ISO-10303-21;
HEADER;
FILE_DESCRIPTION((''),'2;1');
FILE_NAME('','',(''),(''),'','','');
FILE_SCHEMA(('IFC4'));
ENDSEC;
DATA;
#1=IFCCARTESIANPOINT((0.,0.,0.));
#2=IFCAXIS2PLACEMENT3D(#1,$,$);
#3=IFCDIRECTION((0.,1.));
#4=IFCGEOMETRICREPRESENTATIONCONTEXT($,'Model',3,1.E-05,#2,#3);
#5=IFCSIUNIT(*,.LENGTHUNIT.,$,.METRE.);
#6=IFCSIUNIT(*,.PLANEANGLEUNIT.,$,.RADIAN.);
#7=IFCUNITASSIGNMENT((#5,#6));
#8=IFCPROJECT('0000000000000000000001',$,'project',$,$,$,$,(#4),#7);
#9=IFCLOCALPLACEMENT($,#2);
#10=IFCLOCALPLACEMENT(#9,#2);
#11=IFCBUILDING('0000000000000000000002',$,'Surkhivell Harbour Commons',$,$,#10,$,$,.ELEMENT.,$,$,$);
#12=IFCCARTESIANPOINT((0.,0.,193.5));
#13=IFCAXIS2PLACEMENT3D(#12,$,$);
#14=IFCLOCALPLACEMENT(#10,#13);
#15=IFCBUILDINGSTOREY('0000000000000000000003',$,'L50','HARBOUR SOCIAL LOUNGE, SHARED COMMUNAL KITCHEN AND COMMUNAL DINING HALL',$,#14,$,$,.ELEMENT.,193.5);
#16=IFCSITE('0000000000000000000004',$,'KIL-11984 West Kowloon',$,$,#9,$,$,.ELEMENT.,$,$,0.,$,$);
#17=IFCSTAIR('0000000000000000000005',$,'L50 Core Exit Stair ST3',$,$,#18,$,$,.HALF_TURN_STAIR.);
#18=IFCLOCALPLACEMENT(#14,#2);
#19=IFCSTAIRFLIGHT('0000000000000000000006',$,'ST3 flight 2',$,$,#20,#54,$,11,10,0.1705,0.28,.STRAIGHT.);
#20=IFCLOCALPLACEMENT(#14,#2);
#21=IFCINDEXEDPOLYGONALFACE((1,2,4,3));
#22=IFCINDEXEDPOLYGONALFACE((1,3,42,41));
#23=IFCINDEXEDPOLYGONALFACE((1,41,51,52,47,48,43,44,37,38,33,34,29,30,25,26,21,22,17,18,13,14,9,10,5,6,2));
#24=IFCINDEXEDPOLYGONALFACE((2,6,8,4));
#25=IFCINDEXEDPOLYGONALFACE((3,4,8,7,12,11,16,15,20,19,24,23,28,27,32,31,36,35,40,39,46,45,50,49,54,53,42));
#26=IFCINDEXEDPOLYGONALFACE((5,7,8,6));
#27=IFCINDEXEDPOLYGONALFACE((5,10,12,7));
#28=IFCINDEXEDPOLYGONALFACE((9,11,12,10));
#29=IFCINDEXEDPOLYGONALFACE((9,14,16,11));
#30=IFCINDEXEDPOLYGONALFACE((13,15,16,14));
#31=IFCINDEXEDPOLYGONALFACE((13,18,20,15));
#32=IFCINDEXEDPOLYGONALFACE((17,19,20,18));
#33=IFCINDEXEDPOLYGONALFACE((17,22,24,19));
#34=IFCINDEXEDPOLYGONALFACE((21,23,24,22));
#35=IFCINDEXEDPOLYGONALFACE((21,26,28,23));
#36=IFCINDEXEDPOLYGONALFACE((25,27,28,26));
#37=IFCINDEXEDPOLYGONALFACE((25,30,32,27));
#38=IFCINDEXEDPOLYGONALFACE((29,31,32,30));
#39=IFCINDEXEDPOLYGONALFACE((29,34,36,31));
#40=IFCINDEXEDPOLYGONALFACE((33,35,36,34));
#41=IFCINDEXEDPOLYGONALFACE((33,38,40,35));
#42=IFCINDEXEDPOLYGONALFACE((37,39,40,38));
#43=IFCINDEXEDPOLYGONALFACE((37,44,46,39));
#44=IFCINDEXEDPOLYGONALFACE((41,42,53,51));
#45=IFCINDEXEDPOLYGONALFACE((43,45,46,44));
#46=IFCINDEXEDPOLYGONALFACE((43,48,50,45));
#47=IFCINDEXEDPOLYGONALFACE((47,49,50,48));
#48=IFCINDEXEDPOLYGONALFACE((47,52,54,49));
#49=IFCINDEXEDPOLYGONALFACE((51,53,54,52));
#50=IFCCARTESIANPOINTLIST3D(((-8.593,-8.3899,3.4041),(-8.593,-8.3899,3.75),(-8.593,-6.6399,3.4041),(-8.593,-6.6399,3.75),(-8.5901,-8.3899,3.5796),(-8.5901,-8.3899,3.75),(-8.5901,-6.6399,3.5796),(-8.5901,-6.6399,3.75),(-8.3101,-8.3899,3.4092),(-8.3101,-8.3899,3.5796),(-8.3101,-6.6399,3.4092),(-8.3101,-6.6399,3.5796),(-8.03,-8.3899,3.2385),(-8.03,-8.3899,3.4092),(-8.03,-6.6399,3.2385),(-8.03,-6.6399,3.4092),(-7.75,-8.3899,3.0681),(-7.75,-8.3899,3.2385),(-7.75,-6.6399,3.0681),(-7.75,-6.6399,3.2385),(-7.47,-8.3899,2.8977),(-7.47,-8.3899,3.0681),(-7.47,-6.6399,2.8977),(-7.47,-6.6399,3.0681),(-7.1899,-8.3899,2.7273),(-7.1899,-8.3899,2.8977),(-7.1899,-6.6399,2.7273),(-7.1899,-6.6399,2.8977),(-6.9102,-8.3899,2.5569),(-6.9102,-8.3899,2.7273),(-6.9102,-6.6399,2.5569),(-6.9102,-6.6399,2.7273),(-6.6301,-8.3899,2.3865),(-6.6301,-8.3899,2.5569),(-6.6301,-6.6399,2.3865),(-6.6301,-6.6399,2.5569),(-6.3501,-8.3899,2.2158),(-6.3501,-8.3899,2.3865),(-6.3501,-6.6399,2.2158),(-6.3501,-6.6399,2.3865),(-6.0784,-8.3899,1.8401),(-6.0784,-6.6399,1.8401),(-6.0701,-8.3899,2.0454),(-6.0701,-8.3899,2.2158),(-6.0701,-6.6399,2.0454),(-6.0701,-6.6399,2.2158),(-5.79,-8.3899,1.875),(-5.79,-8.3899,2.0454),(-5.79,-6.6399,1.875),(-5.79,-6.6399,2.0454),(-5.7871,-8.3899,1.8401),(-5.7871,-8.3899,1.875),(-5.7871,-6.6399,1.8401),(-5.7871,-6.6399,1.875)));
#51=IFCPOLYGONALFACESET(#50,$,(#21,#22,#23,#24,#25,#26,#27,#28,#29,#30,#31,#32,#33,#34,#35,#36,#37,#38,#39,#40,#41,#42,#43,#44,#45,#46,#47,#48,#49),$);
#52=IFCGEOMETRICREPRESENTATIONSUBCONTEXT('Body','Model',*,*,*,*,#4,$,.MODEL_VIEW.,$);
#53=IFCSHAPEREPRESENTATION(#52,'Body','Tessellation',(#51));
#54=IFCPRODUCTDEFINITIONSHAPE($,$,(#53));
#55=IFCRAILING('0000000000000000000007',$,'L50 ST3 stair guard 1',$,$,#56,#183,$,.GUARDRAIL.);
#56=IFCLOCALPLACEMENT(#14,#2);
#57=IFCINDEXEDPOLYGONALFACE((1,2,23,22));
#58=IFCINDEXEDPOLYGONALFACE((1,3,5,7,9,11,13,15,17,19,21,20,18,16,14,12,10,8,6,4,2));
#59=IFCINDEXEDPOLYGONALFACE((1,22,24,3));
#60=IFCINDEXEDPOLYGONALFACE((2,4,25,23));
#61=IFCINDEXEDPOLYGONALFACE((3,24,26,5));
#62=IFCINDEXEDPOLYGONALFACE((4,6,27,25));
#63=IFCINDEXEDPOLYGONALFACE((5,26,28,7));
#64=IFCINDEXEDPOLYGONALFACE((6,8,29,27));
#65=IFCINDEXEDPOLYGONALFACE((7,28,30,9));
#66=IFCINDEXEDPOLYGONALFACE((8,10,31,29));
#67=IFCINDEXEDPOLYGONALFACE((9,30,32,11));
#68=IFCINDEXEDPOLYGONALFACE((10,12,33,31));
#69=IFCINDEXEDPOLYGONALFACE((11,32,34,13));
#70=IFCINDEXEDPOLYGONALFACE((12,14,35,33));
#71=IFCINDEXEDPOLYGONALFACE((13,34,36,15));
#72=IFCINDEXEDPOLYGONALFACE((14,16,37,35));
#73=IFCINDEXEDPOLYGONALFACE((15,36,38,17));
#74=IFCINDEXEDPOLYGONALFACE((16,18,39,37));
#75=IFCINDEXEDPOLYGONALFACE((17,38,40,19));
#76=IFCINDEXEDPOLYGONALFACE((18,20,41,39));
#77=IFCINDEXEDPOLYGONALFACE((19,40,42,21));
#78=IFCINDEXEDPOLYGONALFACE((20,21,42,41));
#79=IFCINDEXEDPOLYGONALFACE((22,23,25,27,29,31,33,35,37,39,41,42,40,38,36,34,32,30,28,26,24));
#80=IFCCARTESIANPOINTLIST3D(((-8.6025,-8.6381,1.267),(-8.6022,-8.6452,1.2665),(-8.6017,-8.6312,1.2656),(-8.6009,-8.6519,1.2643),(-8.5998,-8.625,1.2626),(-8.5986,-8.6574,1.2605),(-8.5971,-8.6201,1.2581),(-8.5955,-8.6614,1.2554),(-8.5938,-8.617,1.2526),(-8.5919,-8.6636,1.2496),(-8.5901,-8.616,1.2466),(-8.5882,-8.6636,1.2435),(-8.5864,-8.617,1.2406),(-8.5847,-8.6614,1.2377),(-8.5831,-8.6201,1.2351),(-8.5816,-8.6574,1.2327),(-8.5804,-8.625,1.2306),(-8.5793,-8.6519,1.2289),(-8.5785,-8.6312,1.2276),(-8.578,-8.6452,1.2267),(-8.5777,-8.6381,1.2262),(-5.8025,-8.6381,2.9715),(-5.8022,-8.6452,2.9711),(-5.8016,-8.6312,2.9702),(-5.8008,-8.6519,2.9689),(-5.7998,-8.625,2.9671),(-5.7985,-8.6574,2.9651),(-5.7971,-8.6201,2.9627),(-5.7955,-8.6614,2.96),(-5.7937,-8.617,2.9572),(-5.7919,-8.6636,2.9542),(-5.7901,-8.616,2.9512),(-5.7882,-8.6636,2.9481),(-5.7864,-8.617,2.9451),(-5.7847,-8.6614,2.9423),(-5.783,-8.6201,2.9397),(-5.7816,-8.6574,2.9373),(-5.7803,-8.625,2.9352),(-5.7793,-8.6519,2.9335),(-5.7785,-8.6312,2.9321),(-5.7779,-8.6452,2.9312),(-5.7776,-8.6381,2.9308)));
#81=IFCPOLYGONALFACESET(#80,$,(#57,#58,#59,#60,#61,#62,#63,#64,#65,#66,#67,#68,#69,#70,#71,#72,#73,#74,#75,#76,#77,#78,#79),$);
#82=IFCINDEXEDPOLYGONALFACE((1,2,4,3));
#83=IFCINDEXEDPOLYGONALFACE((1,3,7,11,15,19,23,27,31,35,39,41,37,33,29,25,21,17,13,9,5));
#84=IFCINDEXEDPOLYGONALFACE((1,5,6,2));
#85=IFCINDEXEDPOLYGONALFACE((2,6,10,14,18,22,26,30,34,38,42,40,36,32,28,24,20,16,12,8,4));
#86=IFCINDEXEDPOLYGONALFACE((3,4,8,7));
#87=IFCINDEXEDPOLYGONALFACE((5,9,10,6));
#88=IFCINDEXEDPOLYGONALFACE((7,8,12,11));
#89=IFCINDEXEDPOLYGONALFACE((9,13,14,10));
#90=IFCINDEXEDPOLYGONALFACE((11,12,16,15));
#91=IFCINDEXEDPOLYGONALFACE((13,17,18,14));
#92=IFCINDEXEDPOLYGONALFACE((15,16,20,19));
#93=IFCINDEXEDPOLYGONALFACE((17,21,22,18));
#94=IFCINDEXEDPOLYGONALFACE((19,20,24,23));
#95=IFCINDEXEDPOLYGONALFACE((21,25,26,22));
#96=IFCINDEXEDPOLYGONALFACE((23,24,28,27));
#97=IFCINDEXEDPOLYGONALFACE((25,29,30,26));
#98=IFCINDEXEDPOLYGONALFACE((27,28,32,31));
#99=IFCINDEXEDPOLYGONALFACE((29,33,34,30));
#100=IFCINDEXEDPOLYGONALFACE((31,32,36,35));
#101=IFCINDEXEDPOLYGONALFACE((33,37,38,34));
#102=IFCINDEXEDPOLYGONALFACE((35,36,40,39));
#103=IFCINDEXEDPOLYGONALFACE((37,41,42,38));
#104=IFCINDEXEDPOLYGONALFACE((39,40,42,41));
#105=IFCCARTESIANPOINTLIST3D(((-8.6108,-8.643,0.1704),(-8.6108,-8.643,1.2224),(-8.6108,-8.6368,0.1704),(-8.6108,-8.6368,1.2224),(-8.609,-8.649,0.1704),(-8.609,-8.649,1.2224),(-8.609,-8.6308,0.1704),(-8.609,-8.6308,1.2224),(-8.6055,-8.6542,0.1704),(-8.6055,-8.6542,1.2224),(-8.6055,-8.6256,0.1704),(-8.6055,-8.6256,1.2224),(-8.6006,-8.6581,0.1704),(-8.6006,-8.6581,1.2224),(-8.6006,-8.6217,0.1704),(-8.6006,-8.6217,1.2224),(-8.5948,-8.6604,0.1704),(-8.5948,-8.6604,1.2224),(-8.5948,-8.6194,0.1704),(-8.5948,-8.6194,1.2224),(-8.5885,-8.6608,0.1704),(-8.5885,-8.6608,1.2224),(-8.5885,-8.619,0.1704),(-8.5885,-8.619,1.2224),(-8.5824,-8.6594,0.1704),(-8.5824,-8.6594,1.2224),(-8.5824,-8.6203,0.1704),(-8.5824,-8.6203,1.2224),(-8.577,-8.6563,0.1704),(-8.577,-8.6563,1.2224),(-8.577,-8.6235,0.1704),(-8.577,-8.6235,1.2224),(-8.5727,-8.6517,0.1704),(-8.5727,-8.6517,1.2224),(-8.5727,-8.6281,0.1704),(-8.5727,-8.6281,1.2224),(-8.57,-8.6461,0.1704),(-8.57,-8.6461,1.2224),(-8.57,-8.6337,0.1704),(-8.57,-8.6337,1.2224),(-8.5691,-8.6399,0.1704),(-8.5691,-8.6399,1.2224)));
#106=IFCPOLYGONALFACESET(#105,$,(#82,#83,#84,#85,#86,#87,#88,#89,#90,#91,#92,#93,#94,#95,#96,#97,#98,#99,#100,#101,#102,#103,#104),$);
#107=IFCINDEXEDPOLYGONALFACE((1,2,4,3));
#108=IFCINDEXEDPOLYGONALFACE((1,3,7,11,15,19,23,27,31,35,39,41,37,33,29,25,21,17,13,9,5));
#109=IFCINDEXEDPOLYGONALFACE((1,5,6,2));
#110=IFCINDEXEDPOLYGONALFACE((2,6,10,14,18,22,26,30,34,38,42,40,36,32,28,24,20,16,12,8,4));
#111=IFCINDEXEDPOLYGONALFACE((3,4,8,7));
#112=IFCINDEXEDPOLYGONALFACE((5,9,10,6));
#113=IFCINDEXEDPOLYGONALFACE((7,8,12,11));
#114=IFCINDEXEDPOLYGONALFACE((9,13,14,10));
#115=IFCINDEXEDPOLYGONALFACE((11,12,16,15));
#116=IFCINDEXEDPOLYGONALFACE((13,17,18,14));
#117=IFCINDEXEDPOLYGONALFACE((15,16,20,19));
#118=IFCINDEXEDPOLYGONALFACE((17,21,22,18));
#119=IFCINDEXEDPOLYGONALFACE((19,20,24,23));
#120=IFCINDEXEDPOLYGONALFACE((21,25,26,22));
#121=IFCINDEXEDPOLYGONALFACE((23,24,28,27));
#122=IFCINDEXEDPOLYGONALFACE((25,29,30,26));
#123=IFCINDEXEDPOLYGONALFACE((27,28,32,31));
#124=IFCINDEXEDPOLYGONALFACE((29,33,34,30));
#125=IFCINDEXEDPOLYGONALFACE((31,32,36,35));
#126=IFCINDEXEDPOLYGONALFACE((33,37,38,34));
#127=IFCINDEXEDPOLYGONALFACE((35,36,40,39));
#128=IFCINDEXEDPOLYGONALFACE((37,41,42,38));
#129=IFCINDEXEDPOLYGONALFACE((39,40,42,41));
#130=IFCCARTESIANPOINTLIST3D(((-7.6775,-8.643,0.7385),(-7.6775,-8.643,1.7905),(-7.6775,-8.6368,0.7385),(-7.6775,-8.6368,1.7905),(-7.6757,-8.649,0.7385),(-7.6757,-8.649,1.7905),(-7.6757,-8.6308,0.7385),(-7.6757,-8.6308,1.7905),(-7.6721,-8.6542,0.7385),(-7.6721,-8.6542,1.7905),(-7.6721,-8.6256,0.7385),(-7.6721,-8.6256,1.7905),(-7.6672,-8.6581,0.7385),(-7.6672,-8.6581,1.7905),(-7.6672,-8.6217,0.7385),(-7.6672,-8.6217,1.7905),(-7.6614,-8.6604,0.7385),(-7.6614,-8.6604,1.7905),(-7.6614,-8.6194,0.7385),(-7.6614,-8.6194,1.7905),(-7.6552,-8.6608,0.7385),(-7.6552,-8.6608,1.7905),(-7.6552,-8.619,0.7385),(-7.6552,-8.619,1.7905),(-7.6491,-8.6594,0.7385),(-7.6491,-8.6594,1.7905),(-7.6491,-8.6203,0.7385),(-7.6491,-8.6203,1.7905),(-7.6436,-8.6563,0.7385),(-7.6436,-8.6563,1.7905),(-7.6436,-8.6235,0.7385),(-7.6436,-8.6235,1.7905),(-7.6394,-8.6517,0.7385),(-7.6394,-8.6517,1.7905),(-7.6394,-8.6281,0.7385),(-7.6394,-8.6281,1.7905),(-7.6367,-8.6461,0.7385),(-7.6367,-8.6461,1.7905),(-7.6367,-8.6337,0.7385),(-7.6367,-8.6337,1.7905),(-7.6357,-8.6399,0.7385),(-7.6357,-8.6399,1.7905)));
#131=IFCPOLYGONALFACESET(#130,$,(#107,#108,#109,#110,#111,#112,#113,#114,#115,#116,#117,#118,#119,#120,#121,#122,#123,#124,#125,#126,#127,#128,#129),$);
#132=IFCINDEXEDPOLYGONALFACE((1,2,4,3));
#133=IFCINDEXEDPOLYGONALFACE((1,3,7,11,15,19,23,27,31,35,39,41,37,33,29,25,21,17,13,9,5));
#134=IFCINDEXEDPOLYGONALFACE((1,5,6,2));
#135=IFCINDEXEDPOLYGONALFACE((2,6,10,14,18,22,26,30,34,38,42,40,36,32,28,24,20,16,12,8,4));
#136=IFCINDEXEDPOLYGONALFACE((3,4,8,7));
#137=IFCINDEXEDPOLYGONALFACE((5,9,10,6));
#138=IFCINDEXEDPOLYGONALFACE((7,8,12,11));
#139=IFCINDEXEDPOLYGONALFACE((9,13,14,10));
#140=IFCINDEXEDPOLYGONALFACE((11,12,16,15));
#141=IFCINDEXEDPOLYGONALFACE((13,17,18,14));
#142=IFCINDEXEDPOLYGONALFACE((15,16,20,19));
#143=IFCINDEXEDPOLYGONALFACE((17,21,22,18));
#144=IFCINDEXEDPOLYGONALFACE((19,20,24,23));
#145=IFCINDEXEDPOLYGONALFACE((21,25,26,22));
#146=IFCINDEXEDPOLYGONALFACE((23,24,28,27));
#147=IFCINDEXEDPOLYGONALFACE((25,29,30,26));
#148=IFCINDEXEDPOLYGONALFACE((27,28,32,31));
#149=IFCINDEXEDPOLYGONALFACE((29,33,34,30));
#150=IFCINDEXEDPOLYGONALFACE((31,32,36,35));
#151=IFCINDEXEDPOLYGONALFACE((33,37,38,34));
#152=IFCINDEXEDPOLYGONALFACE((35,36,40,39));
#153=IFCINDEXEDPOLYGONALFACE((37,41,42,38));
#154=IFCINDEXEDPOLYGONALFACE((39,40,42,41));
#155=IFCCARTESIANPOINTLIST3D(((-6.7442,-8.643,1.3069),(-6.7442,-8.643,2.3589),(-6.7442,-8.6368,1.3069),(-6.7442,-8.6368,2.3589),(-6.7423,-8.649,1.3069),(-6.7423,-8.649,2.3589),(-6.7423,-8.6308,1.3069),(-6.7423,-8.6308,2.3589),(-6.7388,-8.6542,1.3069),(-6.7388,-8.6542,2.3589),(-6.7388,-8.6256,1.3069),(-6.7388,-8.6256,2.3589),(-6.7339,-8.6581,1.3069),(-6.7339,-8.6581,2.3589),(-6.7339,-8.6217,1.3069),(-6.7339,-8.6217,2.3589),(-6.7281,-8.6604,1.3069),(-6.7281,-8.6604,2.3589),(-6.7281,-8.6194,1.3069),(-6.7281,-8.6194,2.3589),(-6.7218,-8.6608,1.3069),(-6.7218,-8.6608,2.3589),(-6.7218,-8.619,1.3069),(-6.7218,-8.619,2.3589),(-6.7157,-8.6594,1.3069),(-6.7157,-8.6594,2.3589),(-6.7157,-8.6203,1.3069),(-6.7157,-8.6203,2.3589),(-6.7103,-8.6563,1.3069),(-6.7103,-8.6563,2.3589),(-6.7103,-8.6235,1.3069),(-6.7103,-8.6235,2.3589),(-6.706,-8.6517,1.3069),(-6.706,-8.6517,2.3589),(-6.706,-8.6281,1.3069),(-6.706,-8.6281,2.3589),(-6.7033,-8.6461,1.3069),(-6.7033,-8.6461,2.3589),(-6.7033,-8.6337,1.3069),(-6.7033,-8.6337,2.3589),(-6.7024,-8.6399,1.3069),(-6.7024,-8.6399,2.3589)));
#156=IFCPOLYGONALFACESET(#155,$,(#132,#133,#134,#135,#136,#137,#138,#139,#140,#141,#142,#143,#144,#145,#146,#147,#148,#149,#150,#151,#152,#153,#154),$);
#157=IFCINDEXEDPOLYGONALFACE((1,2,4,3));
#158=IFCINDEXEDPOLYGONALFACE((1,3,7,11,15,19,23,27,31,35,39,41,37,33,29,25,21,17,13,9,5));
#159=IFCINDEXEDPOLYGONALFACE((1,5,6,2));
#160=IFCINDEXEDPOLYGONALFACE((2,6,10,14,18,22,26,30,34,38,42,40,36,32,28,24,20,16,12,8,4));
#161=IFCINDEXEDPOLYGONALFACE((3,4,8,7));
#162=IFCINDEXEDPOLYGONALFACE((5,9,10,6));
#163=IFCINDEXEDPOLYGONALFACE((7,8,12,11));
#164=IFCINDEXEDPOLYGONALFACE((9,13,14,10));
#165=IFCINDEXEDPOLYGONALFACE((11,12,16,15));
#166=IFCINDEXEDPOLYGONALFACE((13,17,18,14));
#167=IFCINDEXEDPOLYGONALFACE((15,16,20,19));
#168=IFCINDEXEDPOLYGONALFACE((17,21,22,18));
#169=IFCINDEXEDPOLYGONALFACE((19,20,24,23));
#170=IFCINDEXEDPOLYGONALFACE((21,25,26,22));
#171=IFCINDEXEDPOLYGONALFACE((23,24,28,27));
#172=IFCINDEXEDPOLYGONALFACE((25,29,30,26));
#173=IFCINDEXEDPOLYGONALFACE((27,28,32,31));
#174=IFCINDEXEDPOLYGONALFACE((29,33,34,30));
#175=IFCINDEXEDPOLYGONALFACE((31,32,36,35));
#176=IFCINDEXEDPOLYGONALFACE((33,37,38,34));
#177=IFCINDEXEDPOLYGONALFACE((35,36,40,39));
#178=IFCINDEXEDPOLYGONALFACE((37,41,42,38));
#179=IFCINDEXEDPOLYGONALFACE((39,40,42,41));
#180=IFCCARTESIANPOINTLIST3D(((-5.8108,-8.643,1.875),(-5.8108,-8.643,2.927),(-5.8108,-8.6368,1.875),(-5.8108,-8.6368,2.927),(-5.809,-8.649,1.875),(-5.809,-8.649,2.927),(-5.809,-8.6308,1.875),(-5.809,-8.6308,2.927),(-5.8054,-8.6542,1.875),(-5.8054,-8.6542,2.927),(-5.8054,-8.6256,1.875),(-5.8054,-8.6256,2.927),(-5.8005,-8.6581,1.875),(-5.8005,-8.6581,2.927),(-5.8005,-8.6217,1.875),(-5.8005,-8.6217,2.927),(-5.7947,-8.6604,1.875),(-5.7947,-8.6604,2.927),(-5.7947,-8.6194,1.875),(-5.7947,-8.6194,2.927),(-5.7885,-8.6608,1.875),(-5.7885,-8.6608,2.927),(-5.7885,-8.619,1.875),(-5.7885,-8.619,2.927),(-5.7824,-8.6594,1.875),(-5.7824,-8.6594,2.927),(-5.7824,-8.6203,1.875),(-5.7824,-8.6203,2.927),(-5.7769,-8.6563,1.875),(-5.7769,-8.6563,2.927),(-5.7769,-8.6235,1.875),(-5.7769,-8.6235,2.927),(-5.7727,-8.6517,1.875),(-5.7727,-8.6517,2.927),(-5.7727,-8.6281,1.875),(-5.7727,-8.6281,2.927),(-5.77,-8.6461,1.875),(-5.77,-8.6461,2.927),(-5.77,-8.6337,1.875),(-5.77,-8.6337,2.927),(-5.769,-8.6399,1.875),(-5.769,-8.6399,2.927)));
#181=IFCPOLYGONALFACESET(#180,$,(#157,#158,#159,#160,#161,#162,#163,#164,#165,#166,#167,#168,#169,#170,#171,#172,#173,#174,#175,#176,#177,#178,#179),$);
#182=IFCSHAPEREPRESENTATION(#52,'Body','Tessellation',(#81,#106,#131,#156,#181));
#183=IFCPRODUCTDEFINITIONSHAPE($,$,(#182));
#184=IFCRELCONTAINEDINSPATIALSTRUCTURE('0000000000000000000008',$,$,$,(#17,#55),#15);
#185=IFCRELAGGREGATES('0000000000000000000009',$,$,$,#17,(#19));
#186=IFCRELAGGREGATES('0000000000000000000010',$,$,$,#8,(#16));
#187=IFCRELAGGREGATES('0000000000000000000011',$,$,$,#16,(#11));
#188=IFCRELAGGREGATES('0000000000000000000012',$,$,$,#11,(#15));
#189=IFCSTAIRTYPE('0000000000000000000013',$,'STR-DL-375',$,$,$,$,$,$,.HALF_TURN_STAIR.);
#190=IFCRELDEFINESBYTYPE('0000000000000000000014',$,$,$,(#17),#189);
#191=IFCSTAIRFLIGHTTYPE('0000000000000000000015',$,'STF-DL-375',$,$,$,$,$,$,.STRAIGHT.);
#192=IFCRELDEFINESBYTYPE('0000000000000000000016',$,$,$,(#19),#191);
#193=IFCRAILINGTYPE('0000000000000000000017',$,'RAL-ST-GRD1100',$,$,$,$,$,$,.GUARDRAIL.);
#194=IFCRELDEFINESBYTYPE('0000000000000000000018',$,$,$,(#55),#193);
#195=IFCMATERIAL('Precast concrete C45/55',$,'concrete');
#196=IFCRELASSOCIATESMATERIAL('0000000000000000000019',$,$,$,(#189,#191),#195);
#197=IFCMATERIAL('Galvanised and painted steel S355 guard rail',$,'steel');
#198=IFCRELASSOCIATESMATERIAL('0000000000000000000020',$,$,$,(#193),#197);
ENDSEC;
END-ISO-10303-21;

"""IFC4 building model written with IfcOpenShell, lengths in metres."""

from ifc_helpers import new_model, si_unit, direction, frame, origin, origin_2d, place, context, subcontext, project, spatial, polyline, circle, outline, extrude, material, type_object, element, aggregate, save


model = new_model("IFC4")

# Units and contexts
model_context = context("Model", 3, precision=1e-05, world=origin(), true_north=direction((0.0, 1.0)))
body_context = subcontext(model_context, "Body", "Model", "MODEL_VIEW")
ifc_project = project(units=[si_unit("LENGTHUNIT", "METRE"), si_unit("PLANEANGLEUNIT", "RADIAN")], contexts=[model_context])

# Site, building, storey
site_placement = place(None, origin())
site = spatial("IfcSite", under=ifc_project, at=site_placement, Name="KIL-11984 West Kowloon", CompositionType="ELEMENT", RefElevation=0.0)
building_placement = place(site_placement, origin())
building = spatial("IfcBuilding", under=site, at=building_placement, Name="Surkhivell Harbour Commons", CompositionType="ELEMENT")
storey_placement = place(building_placement, frame((0.0, 0.0, 193.5)))
storey = spatial("IfcBuildingStorey", under=building, at=storey_placement, Name="L50", Description="HARBOUR SOCIAL LOUNGE, SHARED COMMUNAL KITCHEN AND COMMUNAL DINING HALL", CompositionType="ELEMENT", Elevation=193.5)

# Stair, stair flight
ifc_material_1 = material(Name="Precast concrete C45/55", Category="concrete")
stair_type = type_object("IfcStairType", Name="STR-DL-375", PredefinedType="HALF_TURN_STAIR", material=ifc_material_1)
stair_placement = place(storey_placement, origin())
stair = element("IfcStair", 1, at=stair_placement, inside=storey, type_object=stair_type, Name="L50 Core Exit Stair ST3", PredefinedType="HALF_TURN_STAIR")
stair_flight_type = type_object("IfcStairFlightType", Name="STF-DL-375", PredefinedType="STRAIGHT", material=ifc_material_1)
stair_flight_1_placement = place(storey_placement, frame((-5.79, -7.5149, 1.875), z_axis=(0.0, 0.0, 1.0), x_axis=(-1.0, 0.0, 0.0)))
stair_flight_1 = element("IfcStairFlight", 2, at=stair_flight_1_placement, type_object=stair_flight_type, Name="ST3 flight 2", NumberOfRisers=11, NumberOfTreads=10, PredefinedType="STRAIGHT", RiserHeight=0.1705, TreadLength=0.28, context=body_context, shape_type="SweptSolid", body=[
    extrude(outline(polyline([(-0.0029, -0.0349), (-0.0029, 0.0), (0.0, 0.0), (0.0, 0.1704), (0.28, 0.1704), (0.28, 0.3408), (0.5601, 0.3408), (0.5601, 0.5115), (0.8401, 0.5115), (0.8401, 0.6819), (1.1201, 0.6819), (1.1201, 0.8523), (1.3999, 0.8523), (1.3999, 1.0227), (1.6799, 1.0227), (1.6799, 1.1931), (1.96, 1.1931), (1.96, 1.3635), (2.24, 1.3635), (2.24, 1.5342), (2.52, 1.5342), (2.52, 1.7046), (2.8, 1.7046), (2.8, 1.875), (2.803, 1.875), (2.803, 1.5291), (0.2883, -0.0349), (-0.0029, -0.0349)])), frame((0.0, 0.875, 0.0), z_axis=(0.0, -1.0, 0.0), x_axis=(1.0, 0.0, 0.0)), (0.0, 0.0, 1.0), 1.75),
])
aggregate(stair, [stair_flight_1])

# Railing
ifc_material_2 = material(Name="Galvanised and painted steel S355 guard rail", Category="steel")
railing_type_1 = type_object("IfcRailingType", Name="RAL-ST-GRD1100", PredefinedType="GUARDRAIL", material=ifc_material_2)
railing_1_placement = place(storey_placement, frame((-8.5901, -8.6399, 0.1704)))
element("IfcRailing", 3, at=railing_1_placement, inside=storey, type_object=railing_type_1, Name="L50 ST3 stair guard 1", PredefinedType="GUARDRAIL", context=body_context, shape_type="SweptSolid", body=[
    extrude(circle(Radius=0.0239, at=origin_2d()), frame((0.0, 0.0, 1.0762), z_axis=(0.85417, 0.0, 0.519994), x_axis=(0.0, 1.0, 0.0)), (0.0, 0.0, 1.0), 3.2781),
    extrude(circle(Radius=0.021, at=origin_2d()), origin(), (0.0, 0.0, 1.0), 1.052),
    extrude(circle(Radius=0.021, at=origin_2d()), frame((0.9333, 0.0, 0.5681)), (0.0, 0.0, 1.0), 1.052),
    extrude(circle(Radius=0.021, at=origin_2d()), frame((1.8667, 0.0, 1.1365)), (0.0, 0.0, 1.0), 1.052),
    extrude(circle(Radius=0.021, at=origin_2d()), frame((2.8, 0.0, 1.7046)), (0.0, 0.0, 1.0), 1.052),
])

save(model, "model.ifc")
